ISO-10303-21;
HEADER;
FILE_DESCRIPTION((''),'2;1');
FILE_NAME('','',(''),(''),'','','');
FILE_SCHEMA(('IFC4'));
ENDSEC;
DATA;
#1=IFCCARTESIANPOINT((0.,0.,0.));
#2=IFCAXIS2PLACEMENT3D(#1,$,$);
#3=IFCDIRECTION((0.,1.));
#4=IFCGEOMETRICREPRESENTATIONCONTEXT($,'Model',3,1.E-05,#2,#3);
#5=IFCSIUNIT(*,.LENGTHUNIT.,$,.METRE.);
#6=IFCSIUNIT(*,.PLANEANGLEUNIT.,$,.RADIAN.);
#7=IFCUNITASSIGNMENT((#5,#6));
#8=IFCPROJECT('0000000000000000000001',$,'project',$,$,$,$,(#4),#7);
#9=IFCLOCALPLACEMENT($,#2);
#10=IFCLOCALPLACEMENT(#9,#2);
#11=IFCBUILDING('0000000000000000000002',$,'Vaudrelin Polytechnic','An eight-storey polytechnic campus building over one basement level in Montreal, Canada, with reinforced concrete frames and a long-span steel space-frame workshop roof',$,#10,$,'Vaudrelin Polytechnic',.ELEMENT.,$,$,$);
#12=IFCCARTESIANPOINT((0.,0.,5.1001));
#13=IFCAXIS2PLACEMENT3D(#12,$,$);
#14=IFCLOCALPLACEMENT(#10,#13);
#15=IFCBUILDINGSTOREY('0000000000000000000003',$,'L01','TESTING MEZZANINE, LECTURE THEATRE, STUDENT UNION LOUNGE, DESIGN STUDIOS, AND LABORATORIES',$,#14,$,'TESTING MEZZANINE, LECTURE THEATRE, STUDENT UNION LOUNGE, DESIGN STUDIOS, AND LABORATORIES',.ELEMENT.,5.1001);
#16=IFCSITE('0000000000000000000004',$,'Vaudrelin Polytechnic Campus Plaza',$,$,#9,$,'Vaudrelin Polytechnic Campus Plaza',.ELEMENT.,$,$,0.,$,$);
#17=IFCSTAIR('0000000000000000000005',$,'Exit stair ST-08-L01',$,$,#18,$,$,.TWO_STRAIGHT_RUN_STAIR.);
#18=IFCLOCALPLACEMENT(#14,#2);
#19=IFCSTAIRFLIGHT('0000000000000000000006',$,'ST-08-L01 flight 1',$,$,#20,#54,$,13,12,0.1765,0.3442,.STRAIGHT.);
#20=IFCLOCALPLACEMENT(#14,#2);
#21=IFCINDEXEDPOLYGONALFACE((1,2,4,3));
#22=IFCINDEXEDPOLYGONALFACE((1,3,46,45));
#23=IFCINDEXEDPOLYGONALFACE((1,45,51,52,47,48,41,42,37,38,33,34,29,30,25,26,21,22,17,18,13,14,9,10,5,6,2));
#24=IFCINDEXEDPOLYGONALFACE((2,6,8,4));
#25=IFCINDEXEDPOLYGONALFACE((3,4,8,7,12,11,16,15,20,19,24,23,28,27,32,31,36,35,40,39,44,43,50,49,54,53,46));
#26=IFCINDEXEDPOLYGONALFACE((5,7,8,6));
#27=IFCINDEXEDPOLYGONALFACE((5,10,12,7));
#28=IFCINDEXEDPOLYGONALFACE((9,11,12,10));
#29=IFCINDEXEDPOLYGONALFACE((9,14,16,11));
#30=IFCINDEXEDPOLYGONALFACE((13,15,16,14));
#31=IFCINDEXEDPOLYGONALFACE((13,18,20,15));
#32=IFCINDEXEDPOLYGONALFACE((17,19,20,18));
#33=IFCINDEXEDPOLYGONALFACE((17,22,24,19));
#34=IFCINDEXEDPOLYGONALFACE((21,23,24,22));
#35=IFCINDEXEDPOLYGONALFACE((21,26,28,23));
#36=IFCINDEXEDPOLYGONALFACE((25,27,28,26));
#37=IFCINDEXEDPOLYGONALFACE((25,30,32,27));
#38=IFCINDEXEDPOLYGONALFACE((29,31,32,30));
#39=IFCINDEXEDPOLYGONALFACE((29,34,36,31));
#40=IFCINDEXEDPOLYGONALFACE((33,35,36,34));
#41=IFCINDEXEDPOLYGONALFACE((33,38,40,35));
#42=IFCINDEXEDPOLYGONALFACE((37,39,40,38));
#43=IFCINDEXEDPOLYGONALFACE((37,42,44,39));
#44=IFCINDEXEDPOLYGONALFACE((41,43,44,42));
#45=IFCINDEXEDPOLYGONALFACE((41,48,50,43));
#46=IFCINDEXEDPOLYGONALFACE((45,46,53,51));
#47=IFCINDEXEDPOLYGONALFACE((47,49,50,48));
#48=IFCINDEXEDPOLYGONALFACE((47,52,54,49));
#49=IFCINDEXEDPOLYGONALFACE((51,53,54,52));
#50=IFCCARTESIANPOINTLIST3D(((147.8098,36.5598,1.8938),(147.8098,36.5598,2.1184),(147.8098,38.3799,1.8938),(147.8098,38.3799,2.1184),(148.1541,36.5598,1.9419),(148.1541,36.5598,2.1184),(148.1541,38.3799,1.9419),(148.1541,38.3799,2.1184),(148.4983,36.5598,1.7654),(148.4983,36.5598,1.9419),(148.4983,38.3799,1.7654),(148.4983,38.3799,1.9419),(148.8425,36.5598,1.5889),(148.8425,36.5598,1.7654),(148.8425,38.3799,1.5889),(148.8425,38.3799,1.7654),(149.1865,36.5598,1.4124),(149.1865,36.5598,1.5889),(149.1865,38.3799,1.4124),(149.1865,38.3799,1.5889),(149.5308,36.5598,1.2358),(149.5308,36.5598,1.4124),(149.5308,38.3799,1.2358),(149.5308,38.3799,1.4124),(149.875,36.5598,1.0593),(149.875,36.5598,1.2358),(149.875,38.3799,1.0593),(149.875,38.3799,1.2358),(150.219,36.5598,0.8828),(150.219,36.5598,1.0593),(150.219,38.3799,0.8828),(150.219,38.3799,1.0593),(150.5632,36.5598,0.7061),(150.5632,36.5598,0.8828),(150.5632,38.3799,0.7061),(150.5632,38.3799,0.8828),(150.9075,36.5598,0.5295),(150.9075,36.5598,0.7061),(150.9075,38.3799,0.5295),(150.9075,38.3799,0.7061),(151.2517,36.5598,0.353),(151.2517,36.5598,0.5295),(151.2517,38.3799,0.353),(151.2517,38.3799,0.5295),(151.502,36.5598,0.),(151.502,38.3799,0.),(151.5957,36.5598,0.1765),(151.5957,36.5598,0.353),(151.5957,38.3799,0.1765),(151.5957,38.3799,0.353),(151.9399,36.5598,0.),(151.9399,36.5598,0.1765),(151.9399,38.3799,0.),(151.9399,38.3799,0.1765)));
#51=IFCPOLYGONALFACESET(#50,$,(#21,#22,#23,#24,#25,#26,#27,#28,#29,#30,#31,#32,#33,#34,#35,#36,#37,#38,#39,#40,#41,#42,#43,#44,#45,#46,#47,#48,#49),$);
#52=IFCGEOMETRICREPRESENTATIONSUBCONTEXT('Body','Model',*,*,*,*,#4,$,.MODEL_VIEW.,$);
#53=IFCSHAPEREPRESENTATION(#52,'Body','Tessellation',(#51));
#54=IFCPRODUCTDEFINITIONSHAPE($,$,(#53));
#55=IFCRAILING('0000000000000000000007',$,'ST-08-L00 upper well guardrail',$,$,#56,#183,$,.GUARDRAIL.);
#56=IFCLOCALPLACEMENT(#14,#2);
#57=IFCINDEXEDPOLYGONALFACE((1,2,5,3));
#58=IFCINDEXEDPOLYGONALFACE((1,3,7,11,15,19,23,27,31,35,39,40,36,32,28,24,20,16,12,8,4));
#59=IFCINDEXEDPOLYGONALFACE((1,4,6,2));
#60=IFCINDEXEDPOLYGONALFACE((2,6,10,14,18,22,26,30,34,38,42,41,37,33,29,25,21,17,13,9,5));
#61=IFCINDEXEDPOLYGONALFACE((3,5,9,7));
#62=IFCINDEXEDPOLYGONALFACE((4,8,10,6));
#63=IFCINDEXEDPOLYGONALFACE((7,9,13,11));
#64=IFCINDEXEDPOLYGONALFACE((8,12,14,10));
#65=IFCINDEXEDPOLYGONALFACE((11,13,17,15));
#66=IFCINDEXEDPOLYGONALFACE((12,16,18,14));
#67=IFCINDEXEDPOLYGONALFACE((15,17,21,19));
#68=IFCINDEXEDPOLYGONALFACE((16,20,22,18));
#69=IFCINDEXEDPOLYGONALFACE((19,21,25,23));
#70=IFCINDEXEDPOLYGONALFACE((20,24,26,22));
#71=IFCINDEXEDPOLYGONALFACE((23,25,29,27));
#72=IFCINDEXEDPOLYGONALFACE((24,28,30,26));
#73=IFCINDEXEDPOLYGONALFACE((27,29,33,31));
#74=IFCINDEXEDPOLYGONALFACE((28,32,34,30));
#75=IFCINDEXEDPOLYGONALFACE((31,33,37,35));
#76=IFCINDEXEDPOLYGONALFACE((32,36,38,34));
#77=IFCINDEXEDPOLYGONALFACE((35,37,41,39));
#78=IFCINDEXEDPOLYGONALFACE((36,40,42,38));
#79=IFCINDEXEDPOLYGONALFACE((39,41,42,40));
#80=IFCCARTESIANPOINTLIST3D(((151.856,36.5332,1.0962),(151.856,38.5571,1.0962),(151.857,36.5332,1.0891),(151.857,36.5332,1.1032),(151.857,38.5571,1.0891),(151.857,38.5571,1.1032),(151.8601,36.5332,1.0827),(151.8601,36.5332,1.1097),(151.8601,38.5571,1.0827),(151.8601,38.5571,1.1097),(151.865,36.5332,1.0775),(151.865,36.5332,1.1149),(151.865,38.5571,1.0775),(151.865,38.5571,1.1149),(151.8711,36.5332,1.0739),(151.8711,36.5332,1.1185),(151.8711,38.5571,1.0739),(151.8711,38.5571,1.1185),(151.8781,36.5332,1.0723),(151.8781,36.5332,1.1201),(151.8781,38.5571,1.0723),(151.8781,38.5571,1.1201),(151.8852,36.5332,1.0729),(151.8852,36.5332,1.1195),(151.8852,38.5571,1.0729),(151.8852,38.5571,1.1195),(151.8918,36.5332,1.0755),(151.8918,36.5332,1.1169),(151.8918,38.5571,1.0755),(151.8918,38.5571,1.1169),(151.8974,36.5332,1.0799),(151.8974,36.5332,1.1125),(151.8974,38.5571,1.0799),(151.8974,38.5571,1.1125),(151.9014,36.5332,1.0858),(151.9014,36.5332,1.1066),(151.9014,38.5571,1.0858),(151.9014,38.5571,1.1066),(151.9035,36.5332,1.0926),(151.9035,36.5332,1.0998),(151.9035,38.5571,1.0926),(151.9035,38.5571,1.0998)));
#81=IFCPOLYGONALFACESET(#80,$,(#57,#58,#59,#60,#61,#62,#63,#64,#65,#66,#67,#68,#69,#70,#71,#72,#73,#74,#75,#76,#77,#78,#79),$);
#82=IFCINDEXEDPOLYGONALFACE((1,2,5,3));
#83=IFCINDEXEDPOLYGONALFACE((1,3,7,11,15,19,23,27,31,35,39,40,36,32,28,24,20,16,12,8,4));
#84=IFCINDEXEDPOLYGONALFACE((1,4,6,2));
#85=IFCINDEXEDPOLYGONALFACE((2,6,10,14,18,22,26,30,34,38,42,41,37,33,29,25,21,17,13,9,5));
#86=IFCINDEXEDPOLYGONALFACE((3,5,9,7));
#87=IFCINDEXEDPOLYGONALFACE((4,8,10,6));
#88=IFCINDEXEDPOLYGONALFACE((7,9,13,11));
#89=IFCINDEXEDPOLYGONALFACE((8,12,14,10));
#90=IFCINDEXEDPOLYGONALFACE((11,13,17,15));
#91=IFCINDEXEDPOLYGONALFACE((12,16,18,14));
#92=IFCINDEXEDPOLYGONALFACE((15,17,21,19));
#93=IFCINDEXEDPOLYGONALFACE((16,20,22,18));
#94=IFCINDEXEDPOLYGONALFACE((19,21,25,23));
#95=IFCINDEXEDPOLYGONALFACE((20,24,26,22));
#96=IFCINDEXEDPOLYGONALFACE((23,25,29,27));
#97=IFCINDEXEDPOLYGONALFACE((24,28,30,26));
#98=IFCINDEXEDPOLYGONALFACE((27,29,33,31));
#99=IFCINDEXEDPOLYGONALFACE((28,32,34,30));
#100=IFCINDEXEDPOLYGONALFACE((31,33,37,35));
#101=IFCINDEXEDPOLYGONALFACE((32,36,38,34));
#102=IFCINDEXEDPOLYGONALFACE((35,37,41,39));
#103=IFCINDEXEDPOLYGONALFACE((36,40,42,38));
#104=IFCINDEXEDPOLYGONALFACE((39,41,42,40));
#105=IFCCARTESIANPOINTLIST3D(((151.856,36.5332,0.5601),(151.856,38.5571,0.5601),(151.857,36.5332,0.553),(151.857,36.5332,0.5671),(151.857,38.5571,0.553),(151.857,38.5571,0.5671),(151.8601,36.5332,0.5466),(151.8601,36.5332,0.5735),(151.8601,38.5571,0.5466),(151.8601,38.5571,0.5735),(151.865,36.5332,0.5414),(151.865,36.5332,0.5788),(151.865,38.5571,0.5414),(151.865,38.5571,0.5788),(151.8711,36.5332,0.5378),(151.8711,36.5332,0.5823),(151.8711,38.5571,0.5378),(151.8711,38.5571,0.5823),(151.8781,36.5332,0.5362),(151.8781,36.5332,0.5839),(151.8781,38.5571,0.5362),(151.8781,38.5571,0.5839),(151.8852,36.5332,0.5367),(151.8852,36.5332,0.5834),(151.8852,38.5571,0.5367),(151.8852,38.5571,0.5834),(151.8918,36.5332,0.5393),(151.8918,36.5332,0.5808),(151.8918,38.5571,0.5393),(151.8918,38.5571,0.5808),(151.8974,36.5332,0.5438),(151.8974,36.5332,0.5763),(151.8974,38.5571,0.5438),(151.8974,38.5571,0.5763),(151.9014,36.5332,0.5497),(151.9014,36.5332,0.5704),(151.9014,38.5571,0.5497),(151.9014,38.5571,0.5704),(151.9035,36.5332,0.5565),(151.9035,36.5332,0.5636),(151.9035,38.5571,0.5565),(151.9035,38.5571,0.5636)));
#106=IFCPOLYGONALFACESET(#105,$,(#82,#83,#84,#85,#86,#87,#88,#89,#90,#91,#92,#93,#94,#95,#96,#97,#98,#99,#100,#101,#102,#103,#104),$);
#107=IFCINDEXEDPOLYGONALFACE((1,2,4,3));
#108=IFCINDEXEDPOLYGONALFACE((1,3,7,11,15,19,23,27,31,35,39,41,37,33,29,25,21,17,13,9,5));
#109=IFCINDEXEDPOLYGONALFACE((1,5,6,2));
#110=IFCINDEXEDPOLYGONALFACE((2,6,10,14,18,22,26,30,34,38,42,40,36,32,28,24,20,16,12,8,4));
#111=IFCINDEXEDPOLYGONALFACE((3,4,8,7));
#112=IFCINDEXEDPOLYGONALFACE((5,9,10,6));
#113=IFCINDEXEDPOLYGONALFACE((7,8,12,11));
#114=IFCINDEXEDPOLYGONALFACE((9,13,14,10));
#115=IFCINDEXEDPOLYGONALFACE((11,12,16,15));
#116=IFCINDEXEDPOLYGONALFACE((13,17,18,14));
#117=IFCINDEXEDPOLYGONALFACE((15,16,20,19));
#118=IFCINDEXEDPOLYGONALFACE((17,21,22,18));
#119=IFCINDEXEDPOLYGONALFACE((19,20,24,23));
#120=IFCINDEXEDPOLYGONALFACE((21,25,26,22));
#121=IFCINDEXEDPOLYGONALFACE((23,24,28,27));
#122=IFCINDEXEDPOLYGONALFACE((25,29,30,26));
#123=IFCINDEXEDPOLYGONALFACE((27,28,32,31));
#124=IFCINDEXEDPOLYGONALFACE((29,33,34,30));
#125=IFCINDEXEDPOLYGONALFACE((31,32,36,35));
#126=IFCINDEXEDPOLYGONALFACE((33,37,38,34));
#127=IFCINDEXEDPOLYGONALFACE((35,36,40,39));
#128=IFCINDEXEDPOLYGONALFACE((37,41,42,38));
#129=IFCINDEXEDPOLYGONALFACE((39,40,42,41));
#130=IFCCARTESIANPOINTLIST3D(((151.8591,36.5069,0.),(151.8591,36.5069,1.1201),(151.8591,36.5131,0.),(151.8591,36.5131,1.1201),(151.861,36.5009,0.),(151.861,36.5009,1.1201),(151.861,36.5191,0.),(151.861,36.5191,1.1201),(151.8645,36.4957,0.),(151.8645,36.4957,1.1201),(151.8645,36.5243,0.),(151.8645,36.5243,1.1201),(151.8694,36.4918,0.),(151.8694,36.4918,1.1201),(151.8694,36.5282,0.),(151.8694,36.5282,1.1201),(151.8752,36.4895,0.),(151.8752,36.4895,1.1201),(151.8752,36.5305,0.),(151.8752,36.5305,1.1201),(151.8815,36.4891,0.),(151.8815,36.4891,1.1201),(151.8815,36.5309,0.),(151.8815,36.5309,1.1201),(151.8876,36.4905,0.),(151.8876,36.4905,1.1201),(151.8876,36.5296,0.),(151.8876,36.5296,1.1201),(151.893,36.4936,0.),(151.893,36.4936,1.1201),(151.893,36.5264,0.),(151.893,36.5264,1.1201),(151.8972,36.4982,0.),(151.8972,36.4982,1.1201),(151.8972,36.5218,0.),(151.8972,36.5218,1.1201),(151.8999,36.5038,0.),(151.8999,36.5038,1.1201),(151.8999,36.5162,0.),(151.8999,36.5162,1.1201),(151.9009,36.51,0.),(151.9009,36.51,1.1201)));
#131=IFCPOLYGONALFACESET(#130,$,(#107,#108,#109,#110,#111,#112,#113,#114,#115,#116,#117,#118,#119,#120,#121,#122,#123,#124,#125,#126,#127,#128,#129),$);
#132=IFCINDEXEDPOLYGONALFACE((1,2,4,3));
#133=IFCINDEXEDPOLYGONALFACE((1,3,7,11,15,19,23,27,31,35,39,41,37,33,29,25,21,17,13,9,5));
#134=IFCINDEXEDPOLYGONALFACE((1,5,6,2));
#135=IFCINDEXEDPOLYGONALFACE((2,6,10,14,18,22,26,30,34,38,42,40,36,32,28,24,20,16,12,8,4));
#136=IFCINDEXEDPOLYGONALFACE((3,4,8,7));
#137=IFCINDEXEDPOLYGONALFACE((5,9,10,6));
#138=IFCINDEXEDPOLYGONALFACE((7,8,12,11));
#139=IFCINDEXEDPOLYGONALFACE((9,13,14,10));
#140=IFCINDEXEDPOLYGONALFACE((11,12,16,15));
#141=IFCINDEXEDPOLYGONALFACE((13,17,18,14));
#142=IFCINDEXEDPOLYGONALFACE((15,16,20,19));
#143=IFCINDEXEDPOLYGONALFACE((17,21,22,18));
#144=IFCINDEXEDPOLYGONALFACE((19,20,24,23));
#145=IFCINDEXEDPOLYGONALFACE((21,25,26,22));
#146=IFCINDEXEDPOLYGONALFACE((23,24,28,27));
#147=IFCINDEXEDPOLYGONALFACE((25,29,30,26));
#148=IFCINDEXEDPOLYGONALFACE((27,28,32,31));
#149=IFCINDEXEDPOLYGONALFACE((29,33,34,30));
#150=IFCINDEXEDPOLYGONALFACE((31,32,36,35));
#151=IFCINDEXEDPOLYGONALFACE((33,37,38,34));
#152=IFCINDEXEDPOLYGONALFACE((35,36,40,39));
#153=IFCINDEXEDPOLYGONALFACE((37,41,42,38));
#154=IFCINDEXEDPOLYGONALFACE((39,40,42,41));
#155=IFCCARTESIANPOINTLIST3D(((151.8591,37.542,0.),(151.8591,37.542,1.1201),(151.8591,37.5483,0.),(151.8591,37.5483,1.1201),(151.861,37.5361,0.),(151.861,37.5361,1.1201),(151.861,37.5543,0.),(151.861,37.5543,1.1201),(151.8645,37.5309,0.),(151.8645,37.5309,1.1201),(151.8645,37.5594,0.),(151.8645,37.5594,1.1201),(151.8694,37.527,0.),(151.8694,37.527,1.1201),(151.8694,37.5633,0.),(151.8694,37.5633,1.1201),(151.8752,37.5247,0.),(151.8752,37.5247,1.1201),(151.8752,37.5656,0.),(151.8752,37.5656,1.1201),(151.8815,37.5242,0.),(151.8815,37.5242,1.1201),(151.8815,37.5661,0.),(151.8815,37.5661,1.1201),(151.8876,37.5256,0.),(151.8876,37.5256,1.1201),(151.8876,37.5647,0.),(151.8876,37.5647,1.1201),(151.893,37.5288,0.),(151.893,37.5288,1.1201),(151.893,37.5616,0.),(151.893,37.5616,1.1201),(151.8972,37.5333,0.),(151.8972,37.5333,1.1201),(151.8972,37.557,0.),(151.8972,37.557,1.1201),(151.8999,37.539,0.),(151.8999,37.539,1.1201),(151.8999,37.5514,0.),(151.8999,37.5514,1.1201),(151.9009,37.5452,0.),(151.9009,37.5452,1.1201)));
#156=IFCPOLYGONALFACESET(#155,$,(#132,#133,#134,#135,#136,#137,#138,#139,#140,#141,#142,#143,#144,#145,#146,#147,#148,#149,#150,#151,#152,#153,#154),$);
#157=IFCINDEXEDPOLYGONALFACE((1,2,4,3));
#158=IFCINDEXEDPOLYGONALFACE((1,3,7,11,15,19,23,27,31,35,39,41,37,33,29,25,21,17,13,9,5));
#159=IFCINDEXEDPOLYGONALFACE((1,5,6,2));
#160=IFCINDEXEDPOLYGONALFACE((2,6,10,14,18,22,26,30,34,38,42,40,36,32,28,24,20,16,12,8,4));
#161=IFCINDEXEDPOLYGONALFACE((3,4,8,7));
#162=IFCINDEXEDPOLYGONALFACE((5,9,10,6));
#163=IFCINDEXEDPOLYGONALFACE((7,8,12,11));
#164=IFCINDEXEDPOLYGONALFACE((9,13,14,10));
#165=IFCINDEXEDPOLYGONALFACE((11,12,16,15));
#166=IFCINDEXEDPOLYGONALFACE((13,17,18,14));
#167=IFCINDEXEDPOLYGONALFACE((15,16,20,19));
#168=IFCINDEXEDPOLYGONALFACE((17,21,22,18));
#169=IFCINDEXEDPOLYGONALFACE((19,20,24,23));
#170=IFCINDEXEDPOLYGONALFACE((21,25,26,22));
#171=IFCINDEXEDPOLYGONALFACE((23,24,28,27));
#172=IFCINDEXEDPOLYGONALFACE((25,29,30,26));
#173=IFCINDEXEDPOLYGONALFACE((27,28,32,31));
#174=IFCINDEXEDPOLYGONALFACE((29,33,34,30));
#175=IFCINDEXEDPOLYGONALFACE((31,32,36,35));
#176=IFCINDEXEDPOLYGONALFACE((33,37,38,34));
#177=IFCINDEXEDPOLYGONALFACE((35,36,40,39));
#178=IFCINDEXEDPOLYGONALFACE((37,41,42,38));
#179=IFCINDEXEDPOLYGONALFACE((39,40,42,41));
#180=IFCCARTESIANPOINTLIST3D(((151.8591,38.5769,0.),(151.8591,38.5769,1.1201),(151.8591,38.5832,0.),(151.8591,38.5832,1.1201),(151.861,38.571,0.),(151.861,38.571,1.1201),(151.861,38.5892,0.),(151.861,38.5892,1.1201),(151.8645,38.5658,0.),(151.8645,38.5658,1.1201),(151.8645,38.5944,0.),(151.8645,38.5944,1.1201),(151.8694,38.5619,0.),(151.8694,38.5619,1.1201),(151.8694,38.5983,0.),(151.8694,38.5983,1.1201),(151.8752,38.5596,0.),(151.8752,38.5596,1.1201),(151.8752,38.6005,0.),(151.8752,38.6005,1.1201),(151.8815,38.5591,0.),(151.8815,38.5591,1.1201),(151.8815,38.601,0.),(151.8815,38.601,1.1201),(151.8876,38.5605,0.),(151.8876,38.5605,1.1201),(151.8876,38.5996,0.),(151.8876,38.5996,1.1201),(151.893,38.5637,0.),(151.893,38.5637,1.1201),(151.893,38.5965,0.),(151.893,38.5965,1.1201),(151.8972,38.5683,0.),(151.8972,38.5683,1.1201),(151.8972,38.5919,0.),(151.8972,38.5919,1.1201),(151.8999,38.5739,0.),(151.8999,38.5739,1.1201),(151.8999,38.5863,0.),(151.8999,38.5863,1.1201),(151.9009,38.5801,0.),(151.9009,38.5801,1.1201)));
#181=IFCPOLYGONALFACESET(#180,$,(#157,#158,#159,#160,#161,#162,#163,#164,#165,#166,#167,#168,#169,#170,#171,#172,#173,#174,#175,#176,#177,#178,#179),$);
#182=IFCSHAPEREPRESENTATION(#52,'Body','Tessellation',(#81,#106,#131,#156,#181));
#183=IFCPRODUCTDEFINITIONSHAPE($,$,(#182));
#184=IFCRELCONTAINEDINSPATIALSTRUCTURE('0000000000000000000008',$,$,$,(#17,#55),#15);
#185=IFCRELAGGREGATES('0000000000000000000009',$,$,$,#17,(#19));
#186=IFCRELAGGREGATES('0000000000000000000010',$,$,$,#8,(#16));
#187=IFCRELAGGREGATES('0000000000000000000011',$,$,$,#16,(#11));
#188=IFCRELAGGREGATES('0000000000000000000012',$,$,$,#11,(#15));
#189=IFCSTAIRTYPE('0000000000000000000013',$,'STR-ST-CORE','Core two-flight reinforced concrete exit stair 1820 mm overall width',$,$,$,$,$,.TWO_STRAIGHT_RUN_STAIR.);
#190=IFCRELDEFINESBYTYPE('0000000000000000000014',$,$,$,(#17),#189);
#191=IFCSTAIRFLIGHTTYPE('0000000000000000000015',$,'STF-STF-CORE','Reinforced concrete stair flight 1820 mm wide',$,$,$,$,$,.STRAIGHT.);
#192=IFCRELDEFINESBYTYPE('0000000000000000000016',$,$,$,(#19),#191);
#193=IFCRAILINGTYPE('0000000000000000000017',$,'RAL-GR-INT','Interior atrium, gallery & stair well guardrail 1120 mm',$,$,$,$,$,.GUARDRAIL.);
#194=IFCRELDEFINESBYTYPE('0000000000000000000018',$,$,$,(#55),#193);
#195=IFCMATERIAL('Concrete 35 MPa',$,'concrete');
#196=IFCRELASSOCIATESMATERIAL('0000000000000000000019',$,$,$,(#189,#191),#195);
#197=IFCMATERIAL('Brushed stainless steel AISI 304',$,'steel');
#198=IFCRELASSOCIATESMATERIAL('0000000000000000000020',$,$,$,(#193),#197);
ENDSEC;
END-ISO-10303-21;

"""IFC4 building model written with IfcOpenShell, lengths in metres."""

from ifc_helpers import new_model, si_unit, direction, frame, origin, origin_2d, place, context, subcontext, project, spatial, polyline, circle, outline, extrude, material, type_object, element, aggregate, save


model = new_model("IFC4")

# Units and contexts
model_context = context("Model", 3, precision=1e-05, world=origin(), true_north=direction((0.0, 1.0)))
body_context = subcontext(model_context, "Body", "Model", "MODEL_VIEW")
ifc_project = project(units=[si_unit("LENGTHUNIT", "METRE"), si_unit("PLANEANGLEUNIT", "RADIAN")], contexts=[model_context])

# Site, building, storey
site_placement = place(None, origin())
site = spatial("IfcSite", under=ifc_project, at=site_placement, Name="Vaudrelin Polytechnic Campus Plaza", LongName="Vaudrelin Polytechnic Campus Plaza", CompositionType="ELEMENT", RefElevation=0.0)
building_placement = place(site_placement, origin())
building = spatial("IfcBuilding", under=site, at=building_placement, Name="Vaudrelin Polytechnic", Description="An eight-storey polytechnic campus building over one basement level in Montreal, Canada, with reinforced concrete frames and a long-span steel space-frame workshop roof", LongName="Vaudrelin Polytechnic", CompositionType="ELEMENT")
storey_placement = place(building_placement, frame((0.0, 0.0, 5.1001)))
storey = spatial("IfcBuildingStorey", under=building, at=storey_placement, Name="L01", Description="TESTING MEZZANINE, LECTURE THEATRE, STUDENT UNION LOUNGE, DESIGN STUDIOS, AND LABORATORIES", LongName="TESTING MEZZANINE, LECTURE THEATRE, STUDENT UNION LOUNGE, DESIGN STUDIOS, AND LABORATORIES", CompositionType="ELEMENT", Elevation=5.1001)

# Stair, stair flight
ifc_material_1 = material(Name="Concrete 35 MPa", Category="concrete")
stair_type = type_object("IfcStairType", Name="STR-ST-CORE", Description="Core two-flight reinforced concrete exit stair 1820 mm overall width", PredefinedType="TWO_STRAIGHT_RUN_STAIR", material=ifc_material_1)
stair_placement = place(storey_placement, origin())
stair = element("IfcStair", 1, at=stair_placement, inside=storey, type_object=stair_type, Name="Exit stair ST-08-L01", PredefinedType="TWO_STRAIGHT_RUN_STAIR")
stair_flight_type = type_object("IfcStairFlightType", Name="STF-STF-CORE", Description="Reinforced concrete stair flight 1820 mm wide", PredefinedType="STRAIGHT", material=ifc_material_1)
stair_flight_placement = place(storey_placement, frame((151.9399, 37.47, 0.0), z_axis=(0.0, 0.0, 1.0), x_axis=(-1.0, 0.0, 0.0)))
stair_flight = element("IfcStairFlight", 2, at=stair_flight_placement, type_object=stair_flight_type, Name="ST-08-L01 flight 1", NumberOfRisers=13, NumberOfTreads=12, PredefinedType="STRAIGHT", RiserHeight=0.1765, TreadLength=0.3442, context=body_context, shape_type="SweptSolid", body=[
    extrude(outline(polyline([(0.0, 0.0), (0.0, 0.1765), (0.3442, 0.1765), (0.3442, 0.353), (0.6882, 0.353), (0.6882, 0.5295), (1.0325, 0.5295), (1.0325, 0.7061), (1.3767, 0.7061), (1.3767, 0.8828), (1.7209, 0.8828), (1.7209, 1.0593), (2.0649, 1.0593), (2.0649, 1.2358), (2.4092, 1.2358), (2.4092, 1.4124), (2.7534, 1.4124), (2.7534, 1.5889), (3.0974, 1.5889), (3.0974, 1.7654), (3.4417, 1.7654), (3.4417, 1.9419), (3.7859, 1.9419), (3.7859, 2.1184), (4.1301, 2.1184), (4.1301, 2.2949), (4.1301, 1.8938), (0.438, 0.0), (0.0, 0.0)])), frame((0.0, 0.9102, 0.0), z_axis=(0.0, -1.0, 0.0), x_axis=(1.0, 0.0, 0.0)), (0.0, 0.0, 1.0), 1.8201),
])
aggregate(stair, [stair_flight])

# Railing
ifc_material_2 = material(Name="Brushed stainless steel AISI 304", Category="steel")
railing_type = type_object("IfcRailingType", Name="RAL-GR-INT", Description="Interior atrium, gallery & stair well guardrail 1120 mm", PredefinedType="GUARDRAIL", material=ifc_material_2)
railing_placement = place(storey_placement, frame((151.8799, 36.51, 0.0)))
element("IfcRailing", 3, at=railing_placement, inside=storey, type_object=railing_type, Name="ST-08-L00 upper well guardrail", PredefinedType="GUARDRAIL", context=body_context, shape_type="SweptSolid", body=[
    extrude(circle(Radius=0.0239, at=origin_2d()), frame((0.0, 0.0232, 1.0962), z_axis=(0.0, 1.0, 0.0), x_axis=(-1.0, 0.0, 0.0)), (0.0, 0.0, 1.0), 2.0239),
    extrude(circle(Radius=0.0239, at=origin_2d()), frame((0.0, 0.0232, 0.5601), z_axis=(0.0, 1.0, 0.0), x_axis=(-1.0, 0.0, 0.0)), (0.0, 0.0, 1.0), 2.0239),
    extrude(circle(Radius=0.021, at=origin_2d()), origin(), (0.0, 0.0, 1.0), 1.1201),
    extrude(circle(Radius=0.021, at=origin_2d()), frame((0.0, 1.0352, 0.0)), (0.0, 0.0, 1.0), 1.1201),
    extrude(circle(Radius=0.021, at=origin_2d()), frame((0.0, 2.0701, 0.0)), (0.0, 0.0, 1.0), 1.1201),
])

save(model, "model.ifc")
